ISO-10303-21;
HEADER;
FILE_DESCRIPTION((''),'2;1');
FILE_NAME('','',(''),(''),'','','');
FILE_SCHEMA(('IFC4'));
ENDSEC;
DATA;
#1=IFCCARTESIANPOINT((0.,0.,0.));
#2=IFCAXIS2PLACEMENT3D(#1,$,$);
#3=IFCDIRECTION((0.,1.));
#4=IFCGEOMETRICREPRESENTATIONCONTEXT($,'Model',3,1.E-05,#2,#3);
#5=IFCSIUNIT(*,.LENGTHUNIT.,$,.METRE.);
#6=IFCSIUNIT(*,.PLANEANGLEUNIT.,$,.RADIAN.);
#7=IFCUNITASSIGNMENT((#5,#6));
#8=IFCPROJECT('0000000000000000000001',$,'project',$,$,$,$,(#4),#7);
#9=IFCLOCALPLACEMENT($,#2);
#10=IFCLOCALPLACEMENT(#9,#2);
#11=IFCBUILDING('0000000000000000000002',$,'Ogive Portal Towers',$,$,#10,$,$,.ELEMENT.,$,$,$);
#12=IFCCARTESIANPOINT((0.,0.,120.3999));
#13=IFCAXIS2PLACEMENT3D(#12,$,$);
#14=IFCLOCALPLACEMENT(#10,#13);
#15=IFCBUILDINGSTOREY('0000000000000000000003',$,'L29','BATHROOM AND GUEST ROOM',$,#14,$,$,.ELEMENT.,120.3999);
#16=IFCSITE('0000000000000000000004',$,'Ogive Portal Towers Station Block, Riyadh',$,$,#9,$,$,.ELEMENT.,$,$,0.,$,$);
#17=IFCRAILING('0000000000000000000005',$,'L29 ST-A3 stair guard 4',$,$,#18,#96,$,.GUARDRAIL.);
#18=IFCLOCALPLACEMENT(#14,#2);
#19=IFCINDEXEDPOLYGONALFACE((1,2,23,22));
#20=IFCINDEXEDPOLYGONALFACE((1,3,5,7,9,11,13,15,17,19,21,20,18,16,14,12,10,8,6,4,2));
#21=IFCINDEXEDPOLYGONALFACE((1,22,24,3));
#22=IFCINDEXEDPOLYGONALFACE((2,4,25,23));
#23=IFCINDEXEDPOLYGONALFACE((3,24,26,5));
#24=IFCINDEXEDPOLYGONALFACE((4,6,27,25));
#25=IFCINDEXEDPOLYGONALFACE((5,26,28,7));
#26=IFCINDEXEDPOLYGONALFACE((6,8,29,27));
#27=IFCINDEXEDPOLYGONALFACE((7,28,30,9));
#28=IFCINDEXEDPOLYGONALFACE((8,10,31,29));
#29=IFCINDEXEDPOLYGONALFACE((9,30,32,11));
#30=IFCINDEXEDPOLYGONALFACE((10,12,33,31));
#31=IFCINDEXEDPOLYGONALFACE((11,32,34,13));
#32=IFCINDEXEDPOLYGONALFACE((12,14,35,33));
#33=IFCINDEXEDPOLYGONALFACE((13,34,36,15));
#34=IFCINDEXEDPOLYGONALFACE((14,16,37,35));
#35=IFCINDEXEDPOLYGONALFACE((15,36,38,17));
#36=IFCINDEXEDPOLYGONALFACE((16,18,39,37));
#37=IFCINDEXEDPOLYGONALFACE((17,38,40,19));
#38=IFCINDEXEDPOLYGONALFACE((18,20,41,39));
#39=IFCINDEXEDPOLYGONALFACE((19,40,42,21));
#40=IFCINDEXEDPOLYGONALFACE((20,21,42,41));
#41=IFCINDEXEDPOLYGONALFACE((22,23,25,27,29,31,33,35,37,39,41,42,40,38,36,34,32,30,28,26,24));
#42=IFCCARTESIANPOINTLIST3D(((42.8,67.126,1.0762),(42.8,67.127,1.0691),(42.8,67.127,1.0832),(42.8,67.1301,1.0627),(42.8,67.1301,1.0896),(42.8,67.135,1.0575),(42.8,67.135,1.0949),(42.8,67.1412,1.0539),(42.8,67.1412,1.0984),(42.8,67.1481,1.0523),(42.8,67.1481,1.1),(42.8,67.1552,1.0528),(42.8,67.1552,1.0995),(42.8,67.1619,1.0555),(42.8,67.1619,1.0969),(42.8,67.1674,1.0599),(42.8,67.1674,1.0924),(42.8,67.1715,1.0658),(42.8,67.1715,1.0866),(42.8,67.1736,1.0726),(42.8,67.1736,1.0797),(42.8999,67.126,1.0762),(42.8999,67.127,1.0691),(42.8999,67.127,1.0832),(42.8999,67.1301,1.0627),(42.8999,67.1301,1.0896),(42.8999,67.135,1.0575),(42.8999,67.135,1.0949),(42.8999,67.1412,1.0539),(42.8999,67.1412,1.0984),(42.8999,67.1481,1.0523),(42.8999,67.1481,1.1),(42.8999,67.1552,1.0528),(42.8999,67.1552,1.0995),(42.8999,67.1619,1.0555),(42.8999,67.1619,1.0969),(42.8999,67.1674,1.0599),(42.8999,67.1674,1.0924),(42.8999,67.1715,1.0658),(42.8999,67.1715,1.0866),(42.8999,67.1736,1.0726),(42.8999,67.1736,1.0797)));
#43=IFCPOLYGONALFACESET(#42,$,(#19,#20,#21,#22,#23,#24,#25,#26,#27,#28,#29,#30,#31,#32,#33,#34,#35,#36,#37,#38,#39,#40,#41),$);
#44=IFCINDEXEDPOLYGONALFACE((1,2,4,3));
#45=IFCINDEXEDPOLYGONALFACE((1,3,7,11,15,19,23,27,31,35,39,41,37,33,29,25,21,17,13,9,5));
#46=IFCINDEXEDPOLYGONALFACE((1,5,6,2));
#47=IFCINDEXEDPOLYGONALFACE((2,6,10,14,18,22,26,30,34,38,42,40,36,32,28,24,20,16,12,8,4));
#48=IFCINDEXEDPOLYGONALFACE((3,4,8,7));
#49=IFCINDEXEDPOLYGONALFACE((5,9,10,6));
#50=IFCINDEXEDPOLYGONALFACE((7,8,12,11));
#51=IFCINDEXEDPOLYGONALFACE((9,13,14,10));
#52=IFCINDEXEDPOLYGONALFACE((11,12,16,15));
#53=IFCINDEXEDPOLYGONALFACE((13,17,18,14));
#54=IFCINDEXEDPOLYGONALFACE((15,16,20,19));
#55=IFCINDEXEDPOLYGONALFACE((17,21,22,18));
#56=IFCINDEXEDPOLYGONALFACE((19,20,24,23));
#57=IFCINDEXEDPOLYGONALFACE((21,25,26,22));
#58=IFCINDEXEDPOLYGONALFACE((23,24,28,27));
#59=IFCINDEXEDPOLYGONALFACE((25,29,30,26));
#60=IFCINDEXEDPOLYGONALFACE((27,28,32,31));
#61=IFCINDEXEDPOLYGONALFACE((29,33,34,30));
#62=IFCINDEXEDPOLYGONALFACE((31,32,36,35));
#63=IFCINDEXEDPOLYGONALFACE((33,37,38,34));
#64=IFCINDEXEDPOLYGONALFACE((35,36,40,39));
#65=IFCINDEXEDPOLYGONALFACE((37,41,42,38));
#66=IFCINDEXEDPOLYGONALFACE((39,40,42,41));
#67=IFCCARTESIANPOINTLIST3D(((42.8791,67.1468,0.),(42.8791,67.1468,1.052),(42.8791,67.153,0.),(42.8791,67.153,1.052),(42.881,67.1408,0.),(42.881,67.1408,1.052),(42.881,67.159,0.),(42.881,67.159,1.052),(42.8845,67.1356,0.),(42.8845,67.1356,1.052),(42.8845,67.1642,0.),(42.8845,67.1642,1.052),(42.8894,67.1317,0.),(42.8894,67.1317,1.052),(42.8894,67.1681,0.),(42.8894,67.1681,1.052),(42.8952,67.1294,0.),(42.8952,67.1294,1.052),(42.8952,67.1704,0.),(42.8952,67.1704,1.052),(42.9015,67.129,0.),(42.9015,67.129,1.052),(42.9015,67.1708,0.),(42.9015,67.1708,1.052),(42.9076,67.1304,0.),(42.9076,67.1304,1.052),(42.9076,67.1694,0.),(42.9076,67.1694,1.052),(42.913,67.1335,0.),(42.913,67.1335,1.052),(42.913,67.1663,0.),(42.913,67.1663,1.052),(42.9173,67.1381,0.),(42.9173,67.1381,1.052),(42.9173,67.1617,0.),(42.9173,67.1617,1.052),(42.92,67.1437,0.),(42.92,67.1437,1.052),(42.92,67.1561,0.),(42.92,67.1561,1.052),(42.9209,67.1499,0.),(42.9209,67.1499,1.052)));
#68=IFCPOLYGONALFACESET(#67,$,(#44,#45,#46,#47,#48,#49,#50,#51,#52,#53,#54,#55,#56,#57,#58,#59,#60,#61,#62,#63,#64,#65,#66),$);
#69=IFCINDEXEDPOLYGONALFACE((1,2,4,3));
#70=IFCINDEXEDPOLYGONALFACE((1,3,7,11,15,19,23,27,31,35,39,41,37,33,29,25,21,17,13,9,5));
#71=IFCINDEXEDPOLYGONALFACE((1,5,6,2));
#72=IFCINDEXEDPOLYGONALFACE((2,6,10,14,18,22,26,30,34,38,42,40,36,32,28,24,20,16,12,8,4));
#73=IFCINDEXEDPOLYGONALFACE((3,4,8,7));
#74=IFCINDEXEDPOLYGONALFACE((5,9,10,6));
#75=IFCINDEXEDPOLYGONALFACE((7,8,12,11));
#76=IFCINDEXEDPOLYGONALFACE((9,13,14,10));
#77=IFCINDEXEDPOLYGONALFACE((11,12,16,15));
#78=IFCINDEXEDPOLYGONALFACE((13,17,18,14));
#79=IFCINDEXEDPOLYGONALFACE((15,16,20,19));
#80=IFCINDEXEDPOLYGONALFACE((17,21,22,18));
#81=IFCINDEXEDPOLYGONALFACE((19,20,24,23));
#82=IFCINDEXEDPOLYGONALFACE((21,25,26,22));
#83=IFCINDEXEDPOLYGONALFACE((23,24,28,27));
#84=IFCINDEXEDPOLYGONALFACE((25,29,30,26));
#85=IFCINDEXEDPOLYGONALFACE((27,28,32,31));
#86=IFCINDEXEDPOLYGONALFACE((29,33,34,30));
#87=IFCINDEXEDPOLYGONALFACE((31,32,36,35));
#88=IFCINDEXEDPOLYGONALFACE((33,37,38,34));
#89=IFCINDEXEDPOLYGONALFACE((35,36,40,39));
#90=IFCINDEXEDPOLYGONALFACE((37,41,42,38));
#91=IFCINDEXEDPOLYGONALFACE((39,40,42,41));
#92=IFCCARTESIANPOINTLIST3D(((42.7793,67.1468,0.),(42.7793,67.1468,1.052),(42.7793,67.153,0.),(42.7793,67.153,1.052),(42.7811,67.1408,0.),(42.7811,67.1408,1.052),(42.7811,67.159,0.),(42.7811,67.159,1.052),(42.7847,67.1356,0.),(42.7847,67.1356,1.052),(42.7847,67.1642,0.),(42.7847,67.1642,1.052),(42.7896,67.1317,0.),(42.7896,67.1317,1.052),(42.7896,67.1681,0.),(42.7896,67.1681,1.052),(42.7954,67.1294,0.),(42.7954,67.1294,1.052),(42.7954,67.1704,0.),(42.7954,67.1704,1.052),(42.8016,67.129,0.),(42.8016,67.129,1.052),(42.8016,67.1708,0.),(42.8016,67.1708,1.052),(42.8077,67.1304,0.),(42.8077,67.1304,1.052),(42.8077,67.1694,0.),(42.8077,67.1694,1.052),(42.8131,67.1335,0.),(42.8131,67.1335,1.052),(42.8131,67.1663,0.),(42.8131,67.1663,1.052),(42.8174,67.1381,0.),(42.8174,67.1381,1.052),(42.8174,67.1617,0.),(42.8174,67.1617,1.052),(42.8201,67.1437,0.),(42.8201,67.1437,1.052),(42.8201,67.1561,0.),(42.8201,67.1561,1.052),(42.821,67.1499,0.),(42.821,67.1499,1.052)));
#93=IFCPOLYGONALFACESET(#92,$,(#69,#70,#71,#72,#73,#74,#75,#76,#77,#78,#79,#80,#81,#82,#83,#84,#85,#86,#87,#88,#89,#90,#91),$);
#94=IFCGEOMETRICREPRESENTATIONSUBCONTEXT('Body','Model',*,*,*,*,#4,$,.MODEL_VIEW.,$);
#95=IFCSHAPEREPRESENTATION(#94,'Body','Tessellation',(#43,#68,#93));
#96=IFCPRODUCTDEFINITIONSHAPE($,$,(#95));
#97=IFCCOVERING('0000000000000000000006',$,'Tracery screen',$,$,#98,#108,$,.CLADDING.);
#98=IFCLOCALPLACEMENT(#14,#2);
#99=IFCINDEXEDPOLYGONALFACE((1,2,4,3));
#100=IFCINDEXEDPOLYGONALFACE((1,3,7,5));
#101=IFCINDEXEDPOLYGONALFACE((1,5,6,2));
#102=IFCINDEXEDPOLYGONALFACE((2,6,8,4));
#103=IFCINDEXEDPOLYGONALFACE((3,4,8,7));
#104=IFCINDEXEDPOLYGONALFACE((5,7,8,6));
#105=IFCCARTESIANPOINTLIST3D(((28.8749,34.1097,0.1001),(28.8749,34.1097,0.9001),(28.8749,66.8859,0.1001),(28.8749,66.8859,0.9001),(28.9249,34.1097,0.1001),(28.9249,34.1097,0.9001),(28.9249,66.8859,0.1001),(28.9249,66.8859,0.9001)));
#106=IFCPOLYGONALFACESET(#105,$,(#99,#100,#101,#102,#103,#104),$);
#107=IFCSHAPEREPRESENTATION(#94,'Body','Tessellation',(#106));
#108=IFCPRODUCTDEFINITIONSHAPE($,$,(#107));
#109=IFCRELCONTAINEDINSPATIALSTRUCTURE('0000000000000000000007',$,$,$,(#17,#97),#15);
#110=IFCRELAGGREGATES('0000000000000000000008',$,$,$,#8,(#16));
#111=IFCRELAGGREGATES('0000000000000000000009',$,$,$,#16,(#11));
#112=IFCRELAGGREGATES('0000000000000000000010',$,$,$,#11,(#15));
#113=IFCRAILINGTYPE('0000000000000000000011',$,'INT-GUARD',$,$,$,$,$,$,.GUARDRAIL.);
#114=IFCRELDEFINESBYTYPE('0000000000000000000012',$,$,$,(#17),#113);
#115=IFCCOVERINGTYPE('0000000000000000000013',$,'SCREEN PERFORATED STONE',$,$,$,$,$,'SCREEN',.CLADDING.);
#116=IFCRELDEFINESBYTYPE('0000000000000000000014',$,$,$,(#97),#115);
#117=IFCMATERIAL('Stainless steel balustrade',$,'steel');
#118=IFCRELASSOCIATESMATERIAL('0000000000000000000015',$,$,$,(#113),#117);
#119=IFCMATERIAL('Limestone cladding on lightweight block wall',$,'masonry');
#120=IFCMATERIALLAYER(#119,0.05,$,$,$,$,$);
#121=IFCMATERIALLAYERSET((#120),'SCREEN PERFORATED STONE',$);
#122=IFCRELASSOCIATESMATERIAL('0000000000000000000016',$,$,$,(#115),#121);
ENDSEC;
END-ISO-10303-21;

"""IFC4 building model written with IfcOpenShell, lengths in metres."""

from ifc_helpers import new_model, si_unit, direction, frame, origin, origin_2d, place, context, subcontext, project, spatial, rectangle, circle, extrude, material, layer, layer_set, type_object, element, save


model = new_model("IFC4")

# Units and contexts
model_context = context("Model", 3, precision=1e-05, world=origin(), true_north=direction((0.0, 1.0)))
body_context = subcontext(model_context, "Body", "Model", "MODEL_VIEW")
ifc_project = project(units=[si_unit("LENGTHUNIT", "METRE"), si_unit("PLANEANGLEUNIT", "RADIAN")], contexts=[model_context])

# Site, building, storey
site_placement = place(None, origin())
site = spatial("IfcSite", under=ifc_project, at=site_placement, Name="Ogive Portal Towers Station Block, Riyadh", CompositionType="ELEMENT", RefElevation=0.0)
building_placement = place(site_placement, origin())
building = spatial("IfcBuilding", under=site, at=building_placement, Name="Ogive Portal Towers", CompositionType="ELEMENT")
storey_placement = place(building_placement, frame((0.0, 0.0, 120.3999)))
storey = spatial("IfcBuildingStorey", under=building, at=storey_placement, Name="L29", Description="BATHROOM AND GUEST ROOM", CompositionType="ELEMENT", Elevation=120.3999)

# Shared definitions
ifc_material_1 = material(Name="Limestone cladding on lightweight block wall", Category="masonry")

# Railing
ifc_material_2 = material(Name="Stainless steel balustrade", Category="steel")
railing_type = type_object("IfcRailingType", Name="INT-GUARD", PredefinedType="GUARDRAIL", material=ifc_material_2)
railing_placement = place(storey_placement, frame((42.8999, 67.1499, 0.0)))
element("IfcRailing", 1, at=railing_placement, inside=storey, type_object=railing_type, Name="L29 ST-A3 stair guard 4", PredefinedType="GUARDRAIL", context=body_context, shape_type="SweptSolid", body=[
    extrude(circle(Radius=0.0239, at=origin_2d()), frame((0.0, 0.0, 1.0762), z_axis=(-1.0, 0.0, 0.0), x_axis=(0.0, -1.0, 0.0)), (0.0, 0.0, 1.0), 0.0999),
    extrude(circle(Radius=0.021, at=origin_2d()), origin(), (0.0, 0.0, 1.0), 1.052),
    extrude(circle(Radius=0.021, at=origin_2d()), frame((-0.0999, 0.0, 0.0)), (0.0, 0.0, 1.0), 1.052),
])

# Covering
ifc_layer_1 = layer(ifc_material_1, 0.05)
ifc_layer_set_1 = layer_set([ifc_layer_1], Name="SCREEN PERFORATED STONE")
covering_type = type_object("IfcCoveringType", Name="SCREEN PERFORATED STONE", ElementType="SCREEN", PredefinedType="CLADDING", material=ifc_layer_set_1)
covering_placement = place(storey_placement, frame((28.8999, 50.4978, 0.1001), z_axis=(0.0, 0.0, 1.0), x_axis=(0.0, -1.0, 0.0)))
element("IfcCovering", 2, at=covering_placement, inside=storey, type_object=covering_type, Name="Tracery screen", PredefinedType="CLADDING", context=body_context, shape_type="SweptSolid", body=[
    extrude(rectangle(XDim=32.7761, YDim=0.05, at=origin_2d()), origin(), (0.0, 0.0, 1.0), 0.8),
])

save(model, "model.ifc")
